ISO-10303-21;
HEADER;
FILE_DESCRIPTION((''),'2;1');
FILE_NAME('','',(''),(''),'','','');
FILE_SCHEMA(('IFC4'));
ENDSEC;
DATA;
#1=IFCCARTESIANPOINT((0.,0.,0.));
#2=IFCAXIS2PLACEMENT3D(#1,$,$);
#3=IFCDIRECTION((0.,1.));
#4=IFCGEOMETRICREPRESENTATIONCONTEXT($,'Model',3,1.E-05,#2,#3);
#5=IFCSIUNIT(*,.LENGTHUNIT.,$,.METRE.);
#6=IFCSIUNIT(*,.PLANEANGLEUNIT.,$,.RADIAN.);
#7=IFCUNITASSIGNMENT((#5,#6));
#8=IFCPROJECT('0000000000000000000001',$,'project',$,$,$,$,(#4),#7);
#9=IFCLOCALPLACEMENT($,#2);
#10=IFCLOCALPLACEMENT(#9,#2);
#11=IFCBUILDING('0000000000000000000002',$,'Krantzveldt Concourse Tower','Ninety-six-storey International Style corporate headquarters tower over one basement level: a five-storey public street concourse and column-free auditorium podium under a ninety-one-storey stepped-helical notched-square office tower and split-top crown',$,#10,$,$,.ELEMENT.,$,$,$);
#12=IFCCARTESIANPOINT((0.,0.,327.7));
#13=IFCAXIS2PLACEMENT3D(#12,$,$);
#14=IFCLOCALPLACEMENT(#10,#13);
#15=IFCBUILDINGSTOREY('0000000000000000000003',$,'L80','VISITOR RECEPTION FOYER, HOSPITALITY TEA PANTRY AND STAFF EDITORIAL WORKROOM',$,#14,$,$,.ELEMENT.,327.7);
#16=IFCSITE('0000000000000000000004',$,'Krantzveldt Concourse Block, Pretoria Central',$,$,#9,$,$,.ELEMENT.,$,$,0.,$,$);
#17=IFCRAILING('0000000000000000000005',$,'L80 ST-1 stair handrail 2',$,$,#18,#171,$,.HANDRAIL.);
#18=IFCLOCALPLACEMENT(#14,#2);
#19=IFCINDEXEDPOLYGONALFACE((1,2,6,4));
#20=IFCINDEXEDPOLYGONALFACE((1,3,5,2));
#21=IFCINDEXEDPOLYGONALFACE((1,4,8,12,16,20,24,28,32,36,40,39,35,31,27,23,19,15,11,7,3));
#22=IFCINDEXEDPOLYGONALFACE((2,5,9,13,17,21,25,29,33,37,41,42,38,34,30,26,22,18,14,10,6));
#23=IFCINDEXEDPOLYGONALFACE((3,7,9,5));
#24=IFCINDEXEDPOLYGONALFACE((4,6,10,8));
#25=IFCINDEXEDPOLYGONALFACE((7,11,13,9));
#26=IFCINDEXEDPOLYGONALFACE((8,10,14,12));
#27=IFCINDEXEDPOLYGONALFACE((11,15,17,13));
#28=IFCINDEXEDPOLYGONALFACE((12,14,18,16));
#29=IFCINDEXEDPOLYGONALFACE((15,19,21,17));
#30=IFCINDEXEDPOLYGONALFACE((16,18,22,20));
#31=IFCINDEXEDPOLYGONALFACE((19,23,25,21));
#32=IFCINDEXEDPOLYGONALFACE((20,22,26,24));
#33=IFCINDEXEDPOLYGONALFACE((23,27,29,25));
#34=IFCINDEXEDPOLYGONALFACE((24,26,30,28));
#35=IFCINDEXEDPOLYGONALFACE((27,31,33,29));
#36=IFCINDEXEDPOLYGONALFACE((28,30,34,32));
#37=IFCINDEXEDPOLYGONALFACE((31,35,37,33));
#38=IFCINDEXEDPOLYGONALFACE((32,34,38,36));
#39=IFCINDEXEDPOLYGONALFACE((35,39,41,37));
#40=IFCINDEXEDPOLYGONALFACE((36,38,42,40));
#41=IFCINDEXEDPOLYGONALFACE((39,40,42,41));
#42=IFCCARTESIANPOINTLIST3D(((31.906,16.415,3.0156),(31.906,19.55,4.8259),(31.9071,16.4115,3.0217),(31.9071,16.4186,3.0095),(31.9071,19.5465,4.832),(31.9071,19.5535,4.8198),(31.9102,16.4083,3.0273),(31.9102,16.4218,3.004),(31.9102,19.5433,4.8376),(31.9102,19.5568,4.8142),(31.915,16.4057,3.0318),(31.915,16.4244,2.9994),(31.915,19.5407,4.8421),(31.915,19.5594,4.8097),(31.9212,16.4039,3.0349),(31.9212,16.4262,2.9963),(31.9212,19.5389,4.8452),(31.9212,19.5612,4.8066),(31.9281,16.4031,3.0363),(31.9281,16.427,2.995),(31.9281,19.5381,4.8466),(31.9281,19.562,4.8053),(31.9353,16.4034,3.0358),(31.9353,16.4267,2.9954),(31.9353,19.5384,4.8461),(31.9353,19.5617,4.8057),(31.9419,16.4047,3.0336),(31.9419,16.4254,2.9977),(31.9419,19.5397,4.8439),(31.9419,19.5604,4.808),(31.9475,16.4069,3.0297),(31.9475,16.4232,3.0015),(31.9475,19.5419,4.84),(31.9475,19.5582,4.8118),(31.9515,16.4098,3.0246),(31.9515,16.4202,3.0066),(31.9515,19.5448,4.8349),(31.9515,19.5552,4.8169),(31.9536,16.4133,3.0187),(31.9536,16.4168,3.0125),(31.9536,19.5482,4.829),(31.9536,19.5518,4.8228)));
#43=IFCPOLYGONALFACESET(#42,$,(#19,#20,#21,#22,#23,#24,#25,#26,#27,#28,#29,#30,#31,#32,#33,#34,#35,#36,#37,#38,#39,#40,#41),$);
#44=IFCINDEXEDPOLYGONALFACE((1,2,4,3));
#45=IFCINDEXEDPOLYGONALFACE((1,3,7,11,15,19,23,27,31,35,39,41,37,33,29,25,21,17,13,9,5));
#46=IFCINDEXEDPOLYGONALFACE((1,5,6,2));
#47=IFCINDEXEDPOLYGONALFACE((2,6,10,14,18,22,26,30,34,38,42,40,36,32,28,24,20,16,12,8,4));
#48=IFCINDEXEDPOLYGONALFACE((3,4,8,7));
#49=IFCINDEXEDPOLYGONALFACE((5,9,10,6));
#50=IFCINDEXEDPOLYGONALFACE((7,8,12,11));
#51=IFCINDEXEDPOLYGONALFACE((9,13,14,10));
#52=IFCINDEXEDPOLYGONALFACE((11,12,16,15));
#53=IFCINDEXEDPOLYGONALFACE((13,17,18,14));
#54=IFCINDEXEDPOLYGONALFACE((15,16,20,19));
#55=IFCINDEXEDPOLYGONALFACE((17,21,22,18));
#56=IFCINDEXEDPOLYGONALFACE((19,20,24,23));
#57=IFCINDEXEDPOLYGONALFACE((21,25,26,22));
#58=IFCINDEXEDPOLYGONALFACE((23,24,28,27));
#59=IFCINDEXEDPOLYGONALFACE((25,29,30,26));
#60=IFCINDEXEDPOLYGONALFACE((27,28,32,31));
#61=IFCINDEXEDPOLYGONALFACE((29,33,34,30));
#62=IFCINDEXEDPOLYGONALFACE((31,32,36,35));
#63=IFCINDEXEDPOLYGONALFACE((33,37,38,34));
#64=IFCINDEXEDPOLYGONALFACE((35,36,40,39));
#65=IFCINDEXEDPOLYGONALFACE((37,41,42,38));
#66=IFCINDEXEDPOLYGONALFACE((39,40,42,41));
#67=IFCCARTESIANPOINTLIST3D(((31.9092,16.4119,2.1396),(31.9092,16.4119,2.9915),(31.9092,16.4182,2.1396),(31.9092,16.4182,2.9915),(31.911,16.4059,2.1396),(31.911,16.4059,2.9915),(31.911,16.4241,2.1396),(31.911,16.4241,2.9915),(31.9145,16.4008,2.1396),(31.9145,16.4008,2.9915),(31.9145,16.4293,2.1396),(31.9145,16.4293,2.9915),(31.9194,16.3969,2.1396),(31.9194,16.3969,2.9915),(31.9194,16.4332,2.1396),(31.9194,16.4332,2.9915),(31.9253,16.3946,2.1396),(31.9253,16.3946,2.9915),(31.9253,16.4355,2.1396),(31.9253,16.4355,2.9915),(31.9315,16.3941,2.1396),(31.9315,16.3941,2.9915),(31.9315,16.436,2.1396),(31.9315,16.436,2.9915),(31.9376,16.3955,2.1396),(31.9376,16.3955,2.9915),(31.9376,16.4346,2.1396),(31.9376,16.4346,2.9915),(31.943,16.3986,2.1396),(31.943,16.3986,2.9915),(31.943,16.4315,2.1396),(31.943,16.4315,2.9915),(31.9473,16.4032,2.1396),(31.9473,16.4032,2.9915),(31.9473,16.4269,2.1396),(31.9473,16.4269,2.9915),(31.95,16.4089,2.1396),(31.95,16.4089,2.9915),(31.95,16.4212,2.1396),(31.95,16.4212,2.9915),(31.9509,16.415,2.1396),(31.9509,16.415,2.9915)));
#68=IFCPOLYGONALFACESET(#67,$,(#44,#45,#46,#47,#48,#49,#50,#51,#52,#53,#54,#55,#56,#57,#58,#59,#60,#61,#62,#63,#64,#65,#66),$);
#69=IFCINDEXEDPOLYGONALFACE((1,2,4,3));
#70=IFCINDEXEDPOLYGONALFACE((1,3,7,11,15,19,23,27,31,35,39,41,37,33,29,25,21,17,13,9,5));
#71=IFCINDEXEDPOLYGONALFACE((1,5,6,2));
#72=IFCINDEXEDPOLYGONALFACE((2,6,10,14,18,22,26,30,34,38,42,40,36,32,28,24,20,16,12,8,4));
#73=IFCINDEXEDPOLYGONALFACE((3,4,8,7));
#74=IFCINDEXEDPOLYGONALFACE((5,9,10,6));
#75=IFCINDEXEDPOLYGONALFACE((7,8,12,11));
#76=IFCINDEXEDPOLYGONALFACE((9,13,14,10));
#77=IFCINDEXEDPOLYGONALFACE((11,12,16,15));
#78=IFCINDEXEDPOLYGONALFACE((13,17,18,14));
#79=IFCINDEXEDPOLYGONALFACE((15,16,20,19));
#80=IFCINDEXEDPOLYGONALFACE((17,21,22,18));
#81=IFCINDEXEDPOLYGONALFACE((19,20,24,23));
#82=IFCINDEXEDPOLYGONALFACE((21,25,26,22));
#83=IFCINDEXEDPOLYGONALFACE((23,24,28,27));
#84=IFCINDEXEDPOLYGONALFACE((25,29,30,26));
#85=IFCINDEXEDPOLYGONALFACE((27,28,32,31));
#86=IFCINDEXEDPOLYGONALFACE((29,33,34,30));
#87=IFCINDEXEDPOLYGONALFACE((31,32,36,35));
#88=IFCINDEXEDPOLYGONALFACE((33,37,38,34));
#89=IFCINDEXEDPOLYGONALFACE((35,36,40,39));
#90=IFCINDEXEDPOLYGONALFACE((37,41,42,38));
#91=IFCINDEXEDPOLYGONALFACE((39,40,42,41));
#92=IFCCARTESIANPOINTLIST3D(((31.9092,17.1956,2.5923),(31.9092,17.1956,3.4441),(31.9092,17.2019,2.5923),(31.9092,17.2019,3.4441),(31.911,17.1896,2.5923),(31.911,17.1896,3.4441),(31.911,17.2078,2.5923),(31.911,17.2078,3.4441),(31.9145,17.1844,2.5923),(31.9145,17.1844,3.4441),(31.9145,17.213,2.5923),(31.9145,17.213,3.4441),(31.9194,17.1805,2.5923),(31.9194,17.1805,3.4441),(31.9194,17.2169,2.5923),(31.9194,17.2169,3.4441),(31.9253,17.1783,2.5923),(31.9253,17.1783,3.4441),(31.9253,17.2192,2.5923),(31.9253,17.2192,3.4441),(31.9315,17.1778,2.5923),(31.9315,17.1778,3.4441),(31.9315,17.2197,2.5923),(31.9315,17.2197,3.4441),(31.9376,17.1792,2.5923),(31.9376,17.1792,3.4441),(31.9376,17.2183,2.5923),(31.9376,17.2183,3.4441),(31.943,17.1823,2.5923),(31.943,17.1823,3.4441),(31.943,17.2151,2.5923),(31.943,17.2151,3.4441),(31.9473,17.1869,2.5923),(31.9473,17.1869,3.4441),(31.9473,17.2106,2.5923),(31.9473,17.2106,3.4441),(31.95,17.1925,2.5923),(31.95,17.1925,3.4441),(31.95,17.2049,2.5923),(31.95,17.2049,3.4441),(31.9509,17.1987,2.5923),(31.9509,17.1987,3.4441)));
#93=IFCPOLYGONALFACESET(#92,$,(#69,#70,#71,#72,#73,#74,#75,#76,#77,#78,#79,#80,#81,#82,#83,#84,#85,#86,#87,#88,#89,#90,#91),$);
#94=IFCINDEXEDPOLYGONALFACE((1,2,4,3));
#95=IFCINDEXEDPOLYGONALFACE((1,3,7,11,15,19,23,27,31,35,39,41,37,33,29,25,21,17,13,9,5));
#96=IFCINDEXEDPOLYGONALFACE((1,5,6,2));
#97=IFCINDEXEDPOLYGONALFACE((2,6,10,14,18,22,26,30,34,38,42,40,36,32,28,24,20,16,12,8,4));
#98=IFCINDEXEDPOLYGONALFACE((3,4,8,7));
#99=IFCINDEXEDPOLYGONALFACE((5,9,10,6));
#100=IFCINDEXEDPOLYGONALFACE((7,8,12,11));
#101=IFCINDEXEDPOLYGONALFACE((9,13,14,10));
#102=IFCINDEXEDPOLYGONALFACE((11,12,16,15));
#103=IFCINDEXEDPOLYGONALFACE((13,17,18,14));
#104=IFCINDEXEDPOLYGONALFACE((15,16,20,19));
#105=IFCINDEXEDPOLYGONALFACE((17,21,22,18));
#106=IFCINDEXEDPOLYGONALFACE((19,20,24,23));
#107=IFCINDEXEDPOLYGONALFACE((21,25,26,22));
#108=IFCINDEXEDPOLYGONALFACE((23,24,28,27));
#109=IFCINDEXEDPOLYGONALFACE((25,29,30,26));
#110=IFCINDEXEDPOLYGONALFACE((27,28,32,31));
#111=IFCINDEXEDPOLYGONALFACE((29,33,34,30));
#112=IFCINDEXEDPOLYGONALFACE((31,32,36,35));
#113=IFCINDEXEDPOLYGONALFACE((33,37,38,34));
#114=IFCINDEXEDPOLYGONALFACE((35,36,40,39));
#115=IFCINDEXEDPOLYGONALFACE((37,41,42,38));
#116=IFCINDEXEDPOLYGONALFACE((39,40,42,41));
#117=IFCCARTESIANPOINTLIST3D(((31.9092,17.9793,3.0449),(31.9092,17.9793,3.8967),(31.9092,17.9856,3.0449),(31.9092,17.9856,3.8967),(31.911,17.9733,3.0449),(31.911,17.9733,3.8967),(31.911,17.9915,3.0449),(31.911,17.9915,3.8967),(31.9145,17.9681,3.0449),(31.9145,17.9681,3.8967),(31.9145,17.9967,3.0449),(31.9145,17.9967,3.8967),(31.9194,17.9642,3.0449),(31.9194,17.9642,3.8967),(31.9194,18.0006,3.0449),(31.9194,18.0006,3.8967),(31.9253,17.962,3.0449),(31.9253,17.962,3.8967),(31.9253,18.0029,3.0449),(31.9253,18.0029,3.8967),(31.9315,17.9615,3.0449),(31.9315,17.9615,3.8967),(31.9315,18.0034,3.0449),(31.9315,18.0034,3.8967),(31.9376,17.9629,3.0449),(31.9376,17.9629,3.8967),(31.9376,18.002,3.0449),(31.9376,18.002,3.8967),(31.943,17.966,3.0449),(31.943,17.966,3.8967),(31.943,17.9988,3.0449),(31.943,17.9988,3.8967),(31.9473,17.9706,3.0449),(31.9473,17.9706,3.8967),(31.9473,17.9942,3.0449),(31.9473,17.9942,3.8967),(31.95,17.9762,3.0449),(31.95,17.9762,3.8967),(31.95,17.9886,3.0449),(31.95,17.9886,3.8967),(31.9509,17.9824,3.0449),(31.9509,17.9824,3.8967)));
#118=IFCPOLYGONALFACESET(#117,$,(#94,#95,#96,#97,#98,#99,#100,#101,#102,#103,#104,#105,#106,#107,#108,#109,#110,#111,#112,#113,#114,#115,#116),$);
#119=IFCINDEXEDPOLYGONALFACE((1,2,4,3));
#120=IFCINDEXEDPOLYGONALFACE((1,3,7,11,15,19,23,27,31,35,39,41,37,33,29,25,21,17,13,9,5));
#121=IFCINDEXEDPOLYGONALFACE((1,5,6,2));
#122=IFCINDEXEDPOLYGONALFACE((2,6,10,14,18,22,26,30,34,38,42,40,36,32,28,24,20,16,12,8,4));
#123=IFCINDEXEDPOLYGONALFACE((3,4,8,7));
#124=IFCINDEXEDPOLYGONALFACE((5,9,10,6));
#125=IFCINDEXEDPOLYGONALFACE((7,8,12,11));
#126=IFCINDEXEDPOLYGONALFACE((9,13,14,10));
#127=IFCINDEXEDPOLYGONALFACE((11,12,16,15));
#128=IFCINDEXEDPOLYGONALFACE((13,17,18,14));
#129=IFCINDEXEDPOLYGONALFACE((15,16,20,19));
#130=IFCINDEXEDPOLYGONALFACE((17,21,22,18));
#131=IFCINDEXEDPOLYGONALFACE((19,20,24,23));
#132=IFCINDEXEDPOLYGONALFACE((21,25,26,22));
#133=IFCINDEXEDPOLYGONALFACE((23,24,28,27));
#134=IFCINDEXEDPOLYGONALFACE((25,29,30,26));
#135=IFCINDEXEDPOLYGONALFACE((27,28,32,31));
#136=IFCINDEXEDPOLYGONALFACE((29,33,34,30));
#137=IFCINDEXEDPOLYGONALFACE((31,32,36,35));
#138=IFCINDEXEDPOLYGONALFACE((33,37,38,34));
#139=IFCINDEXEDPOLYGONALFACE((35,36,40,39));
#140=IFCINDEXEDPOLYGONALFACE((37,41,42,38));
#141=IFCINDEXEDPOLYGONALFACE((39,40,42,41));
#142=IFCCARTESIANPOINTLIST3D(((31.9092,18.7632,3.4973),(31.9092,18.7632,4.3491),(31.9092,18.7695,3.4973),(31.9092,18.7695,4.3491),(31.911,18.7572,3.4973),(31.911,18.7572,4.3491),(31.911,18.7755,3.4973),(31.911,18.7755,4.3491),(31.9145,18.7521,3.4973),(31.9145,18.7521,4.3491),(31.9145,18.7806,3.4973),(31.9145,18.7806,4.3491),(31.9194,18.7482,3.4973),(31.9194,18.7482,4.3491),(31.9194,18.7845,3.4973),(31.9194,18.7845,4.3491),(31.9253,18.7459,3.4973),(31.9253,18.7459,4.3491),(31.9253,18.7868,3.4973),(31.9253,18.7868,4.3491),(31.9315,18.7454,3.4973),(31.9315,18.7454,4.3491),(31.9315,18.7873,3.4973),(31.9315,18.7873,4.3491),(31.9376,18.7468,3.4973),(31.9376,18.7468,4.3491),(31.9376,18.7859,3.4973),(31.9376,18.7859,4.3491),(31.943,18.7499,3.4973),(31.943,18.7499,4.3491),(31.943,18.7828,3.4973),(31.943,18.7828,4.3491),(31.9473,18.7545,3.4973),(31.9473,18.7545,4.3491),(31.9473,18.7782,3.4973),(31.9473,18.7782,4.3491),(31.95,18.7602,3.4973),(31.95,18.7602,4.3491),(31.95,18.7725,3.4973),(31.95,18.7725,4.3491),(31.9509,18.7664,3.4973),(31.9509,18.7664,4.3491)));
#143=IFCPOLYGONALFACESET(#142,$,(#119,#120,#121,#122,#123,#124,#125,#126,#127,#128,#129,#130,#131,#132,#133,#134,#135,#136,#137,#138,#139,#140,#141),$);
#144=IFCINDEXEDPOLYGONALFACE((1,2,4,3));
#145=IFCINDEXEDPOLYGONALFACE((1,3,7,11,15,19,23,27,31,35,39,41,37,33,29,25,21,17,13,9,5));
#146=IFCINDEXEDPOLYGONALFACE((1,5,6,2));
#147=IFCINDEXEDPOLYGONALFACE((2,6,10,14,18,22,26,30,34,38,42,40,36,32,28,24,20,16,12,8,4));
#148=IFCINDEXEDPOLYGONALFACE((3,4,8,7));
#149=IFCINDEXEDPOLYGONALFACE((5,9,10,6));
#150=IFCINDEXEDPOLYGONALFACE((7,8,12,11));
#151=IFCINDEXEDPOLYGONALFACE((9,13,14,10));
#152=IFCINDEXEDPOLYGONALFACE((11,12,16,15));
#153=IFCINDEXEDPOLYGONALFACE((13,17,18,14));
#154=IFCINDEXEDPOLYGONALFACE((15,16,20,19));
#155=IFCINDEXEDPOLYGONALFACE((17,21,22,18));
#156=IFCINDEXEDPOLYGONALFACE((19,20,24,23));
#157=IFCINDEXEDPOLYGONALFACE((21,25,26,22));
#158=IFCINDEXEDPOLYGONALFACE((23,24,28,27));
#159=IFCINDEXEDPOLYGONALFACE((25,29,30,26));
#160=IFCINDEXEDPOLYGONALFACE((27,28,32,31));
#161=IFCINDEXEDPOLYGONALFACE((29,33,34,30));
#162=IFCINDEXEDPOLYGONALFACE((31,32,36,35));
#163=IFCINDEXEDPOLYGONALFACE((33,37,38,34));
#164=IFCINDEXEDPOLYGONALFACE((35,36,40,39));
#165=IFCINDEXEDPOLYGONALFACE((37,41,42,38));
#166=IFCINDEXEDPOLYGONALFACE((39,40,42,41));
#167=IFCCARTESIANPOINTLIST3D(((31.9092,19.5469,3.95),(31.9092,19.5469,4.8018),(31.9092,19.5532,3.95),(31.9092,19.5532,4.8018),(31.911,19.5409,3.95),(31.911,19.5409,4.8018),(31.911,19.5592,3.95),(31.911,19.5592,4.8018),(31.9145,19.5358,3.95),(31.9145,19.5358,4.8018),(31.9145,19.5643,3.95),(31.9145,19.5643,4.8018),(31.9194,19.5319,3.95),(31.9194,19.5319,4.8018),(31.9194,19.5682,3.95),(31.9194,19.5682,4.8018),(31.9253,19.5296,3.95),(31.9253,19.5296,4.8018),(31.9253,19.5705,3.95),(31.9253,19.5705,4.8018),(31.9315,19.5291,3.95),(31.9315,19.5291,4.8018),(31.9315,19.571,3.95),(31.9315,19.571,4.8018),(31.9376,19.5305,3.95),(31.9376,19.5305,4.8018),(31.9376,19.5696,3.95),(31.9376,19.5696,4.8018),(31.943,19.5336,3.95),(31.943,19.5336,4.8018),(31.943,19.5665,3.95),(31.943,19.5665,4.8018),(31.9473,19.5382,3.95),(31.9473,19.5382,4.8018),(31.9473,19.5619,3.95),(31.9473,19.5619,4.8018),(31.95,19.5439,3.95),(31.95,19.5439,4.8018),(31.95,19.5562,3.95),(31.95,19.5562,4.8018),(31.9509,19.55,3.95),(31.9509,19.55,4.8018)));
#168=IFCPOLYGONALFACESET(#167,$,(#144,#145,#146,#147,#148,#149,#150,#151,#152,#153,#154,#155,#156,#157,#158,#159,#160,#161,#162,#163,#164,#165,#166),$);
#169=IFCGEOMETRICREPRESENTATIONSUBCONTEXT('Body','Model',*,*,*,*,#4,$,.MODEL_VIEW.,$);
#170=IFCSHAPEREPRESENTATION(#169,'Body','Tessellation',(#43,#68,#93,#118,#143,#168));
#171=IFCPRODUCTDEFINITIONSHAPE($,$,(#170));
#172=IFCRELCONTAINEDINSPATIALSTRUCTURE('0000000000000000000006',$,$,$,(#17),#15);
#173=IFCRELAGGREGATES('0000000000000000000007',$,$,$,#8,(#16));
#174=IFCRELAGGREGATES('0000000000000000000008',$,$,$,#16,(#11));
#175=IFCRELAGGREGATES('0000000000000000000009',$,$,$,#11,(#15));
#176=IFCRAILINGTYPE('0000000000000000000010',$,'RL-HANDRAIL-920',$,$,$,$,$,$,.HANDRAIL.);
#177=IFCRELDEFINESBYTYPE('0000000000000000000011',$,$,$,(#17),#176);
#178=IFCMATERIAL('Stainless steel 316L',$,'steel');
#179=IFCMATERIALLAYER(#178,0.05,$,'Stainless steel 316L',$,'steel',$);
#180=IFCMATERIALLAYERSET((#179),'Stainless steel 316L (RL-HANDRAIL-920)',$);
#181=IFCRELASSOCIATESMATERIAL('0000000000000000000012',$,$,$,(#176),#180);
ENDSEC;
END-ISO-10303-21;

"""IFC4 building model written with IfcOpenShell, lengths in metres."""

from ifc_helpers import new_model, si_unit, direction, frame, origin, origin_2d, place, context, subcontext, project, spatial, circle, extrude, material, layer, layer_set, type_object, element, save


model = new_model("IFC4")

# Units and contexts
model_context = context("Model", 3, precision=1e-05, world=origin(), true_north=direction((0.0, 1.0)))
body_context = subcontext(model_context, "Body", "Model", "MODEL_VIEW")
ifc_project = project(units=[si_unit("LENGTHUNIT", "METRE"), si_unit("PLANEANGLEUNIT", "RADIAN")], contexts=[model_context])

# Site, building, storey
site_placement = place(None, origin())
site = spatial("IfcSite", under=ifc_project, at=site_placement, Name="Krantzveldt Concourse Block, Pretoria Central", CompositionType="ELEMENT", RefElevation=0.0)
building_placement = place(site_placement, origin())
building = spatial("IfcBuilding", under=site, at=building_placement, Name="Krantzveldt Concourse Tower", Description="Ninety-six-storey International Style corporate headquarters tower over one basement level: a five-storey public street concourse and column-free auditorium podium under a ninety-one-storey stepped-helical notched-square office tower and split-top crown", CompositionType="ELEMENT")
storey_placement = place(building_placement, frame((0.0, 0.0, 327.7)))
storey = spatial("IfcBuildingStorey", under=building, at=storey_placement, Name="L80", Description="VISITOR RECEPTION FOYER, HOSPITALITY TEA PANTRY AND STAFF EDITORIAL WORKROOM", CompositionType="ELEMENT", Elevation=327.7)

# Shared definitions
ifc_material_1 = material(Name="Stainless steel 316L", Category="steel")

# Railing
ifc_layer_1 = layer(ifc_material_1, 0.05, Name="Stainless steel 316L", Category="steel")
ifc_layer_set_1 = layer_set([ifc_layer_1], Name="Stainless steel 316L (RL-HANDRAIL-920)")
railing_type_1 = type_object("IfcRailingType", Name="RL-HANDRAIL-920", PredefinedType="HANDRAIL", material=ifc_layer_set_1)
railing_1_placement = place(storey_placement, frame((31.9299, 16.415, 2.1396)))
element("IfcRailing", 1, at=railing_1_placement, inside=storey, type_object=railing_type_1, Name="L80 ST-1 stair handrail 2", PredefinedType="HANDRAIL", context=body_context, shape_type="SweptSolid", body=[
    extrude(circle(Radius=0.0239, at=origin_2d()), frame((0.0, 0.0, 0.876), z_axis=(0.0, 0.865989, 0.500063), x_axis=(-1.0, 0.0, 0.0)), (0.0, 0.0, 1.0), 3.6201),
    extrude(circle(Radius=0.021, at=origin_2d()), origin(), (0.0, 0.0, 1.0), 0.8518),
    extrude(circle(Radius=0.021, at=origin_2d()), frame((0.0, 0.7837, 0.4526)), (0.0, 0.0, 1.0), 0.8518),
    extrude(circle(Radius=0.021, at=origin_2d()), frame((0.0, 1.5674, 0.9053)), (0.0, 0.0, 1.0), 0.8518),
    extrude(circle(Radius=0.021, at=origin_2d()), frame((0.0, 2.3513, 1.3577)), (0.0, 0.0, 1.0), 0.8518),
    extrude(circle(Radius=0.021, at=origin_2d()), frame((0.0, 3.135, 1.8103)), (0.0, 0.0, 1.0), 0.8518),
])

save(model, "model.ifc")
